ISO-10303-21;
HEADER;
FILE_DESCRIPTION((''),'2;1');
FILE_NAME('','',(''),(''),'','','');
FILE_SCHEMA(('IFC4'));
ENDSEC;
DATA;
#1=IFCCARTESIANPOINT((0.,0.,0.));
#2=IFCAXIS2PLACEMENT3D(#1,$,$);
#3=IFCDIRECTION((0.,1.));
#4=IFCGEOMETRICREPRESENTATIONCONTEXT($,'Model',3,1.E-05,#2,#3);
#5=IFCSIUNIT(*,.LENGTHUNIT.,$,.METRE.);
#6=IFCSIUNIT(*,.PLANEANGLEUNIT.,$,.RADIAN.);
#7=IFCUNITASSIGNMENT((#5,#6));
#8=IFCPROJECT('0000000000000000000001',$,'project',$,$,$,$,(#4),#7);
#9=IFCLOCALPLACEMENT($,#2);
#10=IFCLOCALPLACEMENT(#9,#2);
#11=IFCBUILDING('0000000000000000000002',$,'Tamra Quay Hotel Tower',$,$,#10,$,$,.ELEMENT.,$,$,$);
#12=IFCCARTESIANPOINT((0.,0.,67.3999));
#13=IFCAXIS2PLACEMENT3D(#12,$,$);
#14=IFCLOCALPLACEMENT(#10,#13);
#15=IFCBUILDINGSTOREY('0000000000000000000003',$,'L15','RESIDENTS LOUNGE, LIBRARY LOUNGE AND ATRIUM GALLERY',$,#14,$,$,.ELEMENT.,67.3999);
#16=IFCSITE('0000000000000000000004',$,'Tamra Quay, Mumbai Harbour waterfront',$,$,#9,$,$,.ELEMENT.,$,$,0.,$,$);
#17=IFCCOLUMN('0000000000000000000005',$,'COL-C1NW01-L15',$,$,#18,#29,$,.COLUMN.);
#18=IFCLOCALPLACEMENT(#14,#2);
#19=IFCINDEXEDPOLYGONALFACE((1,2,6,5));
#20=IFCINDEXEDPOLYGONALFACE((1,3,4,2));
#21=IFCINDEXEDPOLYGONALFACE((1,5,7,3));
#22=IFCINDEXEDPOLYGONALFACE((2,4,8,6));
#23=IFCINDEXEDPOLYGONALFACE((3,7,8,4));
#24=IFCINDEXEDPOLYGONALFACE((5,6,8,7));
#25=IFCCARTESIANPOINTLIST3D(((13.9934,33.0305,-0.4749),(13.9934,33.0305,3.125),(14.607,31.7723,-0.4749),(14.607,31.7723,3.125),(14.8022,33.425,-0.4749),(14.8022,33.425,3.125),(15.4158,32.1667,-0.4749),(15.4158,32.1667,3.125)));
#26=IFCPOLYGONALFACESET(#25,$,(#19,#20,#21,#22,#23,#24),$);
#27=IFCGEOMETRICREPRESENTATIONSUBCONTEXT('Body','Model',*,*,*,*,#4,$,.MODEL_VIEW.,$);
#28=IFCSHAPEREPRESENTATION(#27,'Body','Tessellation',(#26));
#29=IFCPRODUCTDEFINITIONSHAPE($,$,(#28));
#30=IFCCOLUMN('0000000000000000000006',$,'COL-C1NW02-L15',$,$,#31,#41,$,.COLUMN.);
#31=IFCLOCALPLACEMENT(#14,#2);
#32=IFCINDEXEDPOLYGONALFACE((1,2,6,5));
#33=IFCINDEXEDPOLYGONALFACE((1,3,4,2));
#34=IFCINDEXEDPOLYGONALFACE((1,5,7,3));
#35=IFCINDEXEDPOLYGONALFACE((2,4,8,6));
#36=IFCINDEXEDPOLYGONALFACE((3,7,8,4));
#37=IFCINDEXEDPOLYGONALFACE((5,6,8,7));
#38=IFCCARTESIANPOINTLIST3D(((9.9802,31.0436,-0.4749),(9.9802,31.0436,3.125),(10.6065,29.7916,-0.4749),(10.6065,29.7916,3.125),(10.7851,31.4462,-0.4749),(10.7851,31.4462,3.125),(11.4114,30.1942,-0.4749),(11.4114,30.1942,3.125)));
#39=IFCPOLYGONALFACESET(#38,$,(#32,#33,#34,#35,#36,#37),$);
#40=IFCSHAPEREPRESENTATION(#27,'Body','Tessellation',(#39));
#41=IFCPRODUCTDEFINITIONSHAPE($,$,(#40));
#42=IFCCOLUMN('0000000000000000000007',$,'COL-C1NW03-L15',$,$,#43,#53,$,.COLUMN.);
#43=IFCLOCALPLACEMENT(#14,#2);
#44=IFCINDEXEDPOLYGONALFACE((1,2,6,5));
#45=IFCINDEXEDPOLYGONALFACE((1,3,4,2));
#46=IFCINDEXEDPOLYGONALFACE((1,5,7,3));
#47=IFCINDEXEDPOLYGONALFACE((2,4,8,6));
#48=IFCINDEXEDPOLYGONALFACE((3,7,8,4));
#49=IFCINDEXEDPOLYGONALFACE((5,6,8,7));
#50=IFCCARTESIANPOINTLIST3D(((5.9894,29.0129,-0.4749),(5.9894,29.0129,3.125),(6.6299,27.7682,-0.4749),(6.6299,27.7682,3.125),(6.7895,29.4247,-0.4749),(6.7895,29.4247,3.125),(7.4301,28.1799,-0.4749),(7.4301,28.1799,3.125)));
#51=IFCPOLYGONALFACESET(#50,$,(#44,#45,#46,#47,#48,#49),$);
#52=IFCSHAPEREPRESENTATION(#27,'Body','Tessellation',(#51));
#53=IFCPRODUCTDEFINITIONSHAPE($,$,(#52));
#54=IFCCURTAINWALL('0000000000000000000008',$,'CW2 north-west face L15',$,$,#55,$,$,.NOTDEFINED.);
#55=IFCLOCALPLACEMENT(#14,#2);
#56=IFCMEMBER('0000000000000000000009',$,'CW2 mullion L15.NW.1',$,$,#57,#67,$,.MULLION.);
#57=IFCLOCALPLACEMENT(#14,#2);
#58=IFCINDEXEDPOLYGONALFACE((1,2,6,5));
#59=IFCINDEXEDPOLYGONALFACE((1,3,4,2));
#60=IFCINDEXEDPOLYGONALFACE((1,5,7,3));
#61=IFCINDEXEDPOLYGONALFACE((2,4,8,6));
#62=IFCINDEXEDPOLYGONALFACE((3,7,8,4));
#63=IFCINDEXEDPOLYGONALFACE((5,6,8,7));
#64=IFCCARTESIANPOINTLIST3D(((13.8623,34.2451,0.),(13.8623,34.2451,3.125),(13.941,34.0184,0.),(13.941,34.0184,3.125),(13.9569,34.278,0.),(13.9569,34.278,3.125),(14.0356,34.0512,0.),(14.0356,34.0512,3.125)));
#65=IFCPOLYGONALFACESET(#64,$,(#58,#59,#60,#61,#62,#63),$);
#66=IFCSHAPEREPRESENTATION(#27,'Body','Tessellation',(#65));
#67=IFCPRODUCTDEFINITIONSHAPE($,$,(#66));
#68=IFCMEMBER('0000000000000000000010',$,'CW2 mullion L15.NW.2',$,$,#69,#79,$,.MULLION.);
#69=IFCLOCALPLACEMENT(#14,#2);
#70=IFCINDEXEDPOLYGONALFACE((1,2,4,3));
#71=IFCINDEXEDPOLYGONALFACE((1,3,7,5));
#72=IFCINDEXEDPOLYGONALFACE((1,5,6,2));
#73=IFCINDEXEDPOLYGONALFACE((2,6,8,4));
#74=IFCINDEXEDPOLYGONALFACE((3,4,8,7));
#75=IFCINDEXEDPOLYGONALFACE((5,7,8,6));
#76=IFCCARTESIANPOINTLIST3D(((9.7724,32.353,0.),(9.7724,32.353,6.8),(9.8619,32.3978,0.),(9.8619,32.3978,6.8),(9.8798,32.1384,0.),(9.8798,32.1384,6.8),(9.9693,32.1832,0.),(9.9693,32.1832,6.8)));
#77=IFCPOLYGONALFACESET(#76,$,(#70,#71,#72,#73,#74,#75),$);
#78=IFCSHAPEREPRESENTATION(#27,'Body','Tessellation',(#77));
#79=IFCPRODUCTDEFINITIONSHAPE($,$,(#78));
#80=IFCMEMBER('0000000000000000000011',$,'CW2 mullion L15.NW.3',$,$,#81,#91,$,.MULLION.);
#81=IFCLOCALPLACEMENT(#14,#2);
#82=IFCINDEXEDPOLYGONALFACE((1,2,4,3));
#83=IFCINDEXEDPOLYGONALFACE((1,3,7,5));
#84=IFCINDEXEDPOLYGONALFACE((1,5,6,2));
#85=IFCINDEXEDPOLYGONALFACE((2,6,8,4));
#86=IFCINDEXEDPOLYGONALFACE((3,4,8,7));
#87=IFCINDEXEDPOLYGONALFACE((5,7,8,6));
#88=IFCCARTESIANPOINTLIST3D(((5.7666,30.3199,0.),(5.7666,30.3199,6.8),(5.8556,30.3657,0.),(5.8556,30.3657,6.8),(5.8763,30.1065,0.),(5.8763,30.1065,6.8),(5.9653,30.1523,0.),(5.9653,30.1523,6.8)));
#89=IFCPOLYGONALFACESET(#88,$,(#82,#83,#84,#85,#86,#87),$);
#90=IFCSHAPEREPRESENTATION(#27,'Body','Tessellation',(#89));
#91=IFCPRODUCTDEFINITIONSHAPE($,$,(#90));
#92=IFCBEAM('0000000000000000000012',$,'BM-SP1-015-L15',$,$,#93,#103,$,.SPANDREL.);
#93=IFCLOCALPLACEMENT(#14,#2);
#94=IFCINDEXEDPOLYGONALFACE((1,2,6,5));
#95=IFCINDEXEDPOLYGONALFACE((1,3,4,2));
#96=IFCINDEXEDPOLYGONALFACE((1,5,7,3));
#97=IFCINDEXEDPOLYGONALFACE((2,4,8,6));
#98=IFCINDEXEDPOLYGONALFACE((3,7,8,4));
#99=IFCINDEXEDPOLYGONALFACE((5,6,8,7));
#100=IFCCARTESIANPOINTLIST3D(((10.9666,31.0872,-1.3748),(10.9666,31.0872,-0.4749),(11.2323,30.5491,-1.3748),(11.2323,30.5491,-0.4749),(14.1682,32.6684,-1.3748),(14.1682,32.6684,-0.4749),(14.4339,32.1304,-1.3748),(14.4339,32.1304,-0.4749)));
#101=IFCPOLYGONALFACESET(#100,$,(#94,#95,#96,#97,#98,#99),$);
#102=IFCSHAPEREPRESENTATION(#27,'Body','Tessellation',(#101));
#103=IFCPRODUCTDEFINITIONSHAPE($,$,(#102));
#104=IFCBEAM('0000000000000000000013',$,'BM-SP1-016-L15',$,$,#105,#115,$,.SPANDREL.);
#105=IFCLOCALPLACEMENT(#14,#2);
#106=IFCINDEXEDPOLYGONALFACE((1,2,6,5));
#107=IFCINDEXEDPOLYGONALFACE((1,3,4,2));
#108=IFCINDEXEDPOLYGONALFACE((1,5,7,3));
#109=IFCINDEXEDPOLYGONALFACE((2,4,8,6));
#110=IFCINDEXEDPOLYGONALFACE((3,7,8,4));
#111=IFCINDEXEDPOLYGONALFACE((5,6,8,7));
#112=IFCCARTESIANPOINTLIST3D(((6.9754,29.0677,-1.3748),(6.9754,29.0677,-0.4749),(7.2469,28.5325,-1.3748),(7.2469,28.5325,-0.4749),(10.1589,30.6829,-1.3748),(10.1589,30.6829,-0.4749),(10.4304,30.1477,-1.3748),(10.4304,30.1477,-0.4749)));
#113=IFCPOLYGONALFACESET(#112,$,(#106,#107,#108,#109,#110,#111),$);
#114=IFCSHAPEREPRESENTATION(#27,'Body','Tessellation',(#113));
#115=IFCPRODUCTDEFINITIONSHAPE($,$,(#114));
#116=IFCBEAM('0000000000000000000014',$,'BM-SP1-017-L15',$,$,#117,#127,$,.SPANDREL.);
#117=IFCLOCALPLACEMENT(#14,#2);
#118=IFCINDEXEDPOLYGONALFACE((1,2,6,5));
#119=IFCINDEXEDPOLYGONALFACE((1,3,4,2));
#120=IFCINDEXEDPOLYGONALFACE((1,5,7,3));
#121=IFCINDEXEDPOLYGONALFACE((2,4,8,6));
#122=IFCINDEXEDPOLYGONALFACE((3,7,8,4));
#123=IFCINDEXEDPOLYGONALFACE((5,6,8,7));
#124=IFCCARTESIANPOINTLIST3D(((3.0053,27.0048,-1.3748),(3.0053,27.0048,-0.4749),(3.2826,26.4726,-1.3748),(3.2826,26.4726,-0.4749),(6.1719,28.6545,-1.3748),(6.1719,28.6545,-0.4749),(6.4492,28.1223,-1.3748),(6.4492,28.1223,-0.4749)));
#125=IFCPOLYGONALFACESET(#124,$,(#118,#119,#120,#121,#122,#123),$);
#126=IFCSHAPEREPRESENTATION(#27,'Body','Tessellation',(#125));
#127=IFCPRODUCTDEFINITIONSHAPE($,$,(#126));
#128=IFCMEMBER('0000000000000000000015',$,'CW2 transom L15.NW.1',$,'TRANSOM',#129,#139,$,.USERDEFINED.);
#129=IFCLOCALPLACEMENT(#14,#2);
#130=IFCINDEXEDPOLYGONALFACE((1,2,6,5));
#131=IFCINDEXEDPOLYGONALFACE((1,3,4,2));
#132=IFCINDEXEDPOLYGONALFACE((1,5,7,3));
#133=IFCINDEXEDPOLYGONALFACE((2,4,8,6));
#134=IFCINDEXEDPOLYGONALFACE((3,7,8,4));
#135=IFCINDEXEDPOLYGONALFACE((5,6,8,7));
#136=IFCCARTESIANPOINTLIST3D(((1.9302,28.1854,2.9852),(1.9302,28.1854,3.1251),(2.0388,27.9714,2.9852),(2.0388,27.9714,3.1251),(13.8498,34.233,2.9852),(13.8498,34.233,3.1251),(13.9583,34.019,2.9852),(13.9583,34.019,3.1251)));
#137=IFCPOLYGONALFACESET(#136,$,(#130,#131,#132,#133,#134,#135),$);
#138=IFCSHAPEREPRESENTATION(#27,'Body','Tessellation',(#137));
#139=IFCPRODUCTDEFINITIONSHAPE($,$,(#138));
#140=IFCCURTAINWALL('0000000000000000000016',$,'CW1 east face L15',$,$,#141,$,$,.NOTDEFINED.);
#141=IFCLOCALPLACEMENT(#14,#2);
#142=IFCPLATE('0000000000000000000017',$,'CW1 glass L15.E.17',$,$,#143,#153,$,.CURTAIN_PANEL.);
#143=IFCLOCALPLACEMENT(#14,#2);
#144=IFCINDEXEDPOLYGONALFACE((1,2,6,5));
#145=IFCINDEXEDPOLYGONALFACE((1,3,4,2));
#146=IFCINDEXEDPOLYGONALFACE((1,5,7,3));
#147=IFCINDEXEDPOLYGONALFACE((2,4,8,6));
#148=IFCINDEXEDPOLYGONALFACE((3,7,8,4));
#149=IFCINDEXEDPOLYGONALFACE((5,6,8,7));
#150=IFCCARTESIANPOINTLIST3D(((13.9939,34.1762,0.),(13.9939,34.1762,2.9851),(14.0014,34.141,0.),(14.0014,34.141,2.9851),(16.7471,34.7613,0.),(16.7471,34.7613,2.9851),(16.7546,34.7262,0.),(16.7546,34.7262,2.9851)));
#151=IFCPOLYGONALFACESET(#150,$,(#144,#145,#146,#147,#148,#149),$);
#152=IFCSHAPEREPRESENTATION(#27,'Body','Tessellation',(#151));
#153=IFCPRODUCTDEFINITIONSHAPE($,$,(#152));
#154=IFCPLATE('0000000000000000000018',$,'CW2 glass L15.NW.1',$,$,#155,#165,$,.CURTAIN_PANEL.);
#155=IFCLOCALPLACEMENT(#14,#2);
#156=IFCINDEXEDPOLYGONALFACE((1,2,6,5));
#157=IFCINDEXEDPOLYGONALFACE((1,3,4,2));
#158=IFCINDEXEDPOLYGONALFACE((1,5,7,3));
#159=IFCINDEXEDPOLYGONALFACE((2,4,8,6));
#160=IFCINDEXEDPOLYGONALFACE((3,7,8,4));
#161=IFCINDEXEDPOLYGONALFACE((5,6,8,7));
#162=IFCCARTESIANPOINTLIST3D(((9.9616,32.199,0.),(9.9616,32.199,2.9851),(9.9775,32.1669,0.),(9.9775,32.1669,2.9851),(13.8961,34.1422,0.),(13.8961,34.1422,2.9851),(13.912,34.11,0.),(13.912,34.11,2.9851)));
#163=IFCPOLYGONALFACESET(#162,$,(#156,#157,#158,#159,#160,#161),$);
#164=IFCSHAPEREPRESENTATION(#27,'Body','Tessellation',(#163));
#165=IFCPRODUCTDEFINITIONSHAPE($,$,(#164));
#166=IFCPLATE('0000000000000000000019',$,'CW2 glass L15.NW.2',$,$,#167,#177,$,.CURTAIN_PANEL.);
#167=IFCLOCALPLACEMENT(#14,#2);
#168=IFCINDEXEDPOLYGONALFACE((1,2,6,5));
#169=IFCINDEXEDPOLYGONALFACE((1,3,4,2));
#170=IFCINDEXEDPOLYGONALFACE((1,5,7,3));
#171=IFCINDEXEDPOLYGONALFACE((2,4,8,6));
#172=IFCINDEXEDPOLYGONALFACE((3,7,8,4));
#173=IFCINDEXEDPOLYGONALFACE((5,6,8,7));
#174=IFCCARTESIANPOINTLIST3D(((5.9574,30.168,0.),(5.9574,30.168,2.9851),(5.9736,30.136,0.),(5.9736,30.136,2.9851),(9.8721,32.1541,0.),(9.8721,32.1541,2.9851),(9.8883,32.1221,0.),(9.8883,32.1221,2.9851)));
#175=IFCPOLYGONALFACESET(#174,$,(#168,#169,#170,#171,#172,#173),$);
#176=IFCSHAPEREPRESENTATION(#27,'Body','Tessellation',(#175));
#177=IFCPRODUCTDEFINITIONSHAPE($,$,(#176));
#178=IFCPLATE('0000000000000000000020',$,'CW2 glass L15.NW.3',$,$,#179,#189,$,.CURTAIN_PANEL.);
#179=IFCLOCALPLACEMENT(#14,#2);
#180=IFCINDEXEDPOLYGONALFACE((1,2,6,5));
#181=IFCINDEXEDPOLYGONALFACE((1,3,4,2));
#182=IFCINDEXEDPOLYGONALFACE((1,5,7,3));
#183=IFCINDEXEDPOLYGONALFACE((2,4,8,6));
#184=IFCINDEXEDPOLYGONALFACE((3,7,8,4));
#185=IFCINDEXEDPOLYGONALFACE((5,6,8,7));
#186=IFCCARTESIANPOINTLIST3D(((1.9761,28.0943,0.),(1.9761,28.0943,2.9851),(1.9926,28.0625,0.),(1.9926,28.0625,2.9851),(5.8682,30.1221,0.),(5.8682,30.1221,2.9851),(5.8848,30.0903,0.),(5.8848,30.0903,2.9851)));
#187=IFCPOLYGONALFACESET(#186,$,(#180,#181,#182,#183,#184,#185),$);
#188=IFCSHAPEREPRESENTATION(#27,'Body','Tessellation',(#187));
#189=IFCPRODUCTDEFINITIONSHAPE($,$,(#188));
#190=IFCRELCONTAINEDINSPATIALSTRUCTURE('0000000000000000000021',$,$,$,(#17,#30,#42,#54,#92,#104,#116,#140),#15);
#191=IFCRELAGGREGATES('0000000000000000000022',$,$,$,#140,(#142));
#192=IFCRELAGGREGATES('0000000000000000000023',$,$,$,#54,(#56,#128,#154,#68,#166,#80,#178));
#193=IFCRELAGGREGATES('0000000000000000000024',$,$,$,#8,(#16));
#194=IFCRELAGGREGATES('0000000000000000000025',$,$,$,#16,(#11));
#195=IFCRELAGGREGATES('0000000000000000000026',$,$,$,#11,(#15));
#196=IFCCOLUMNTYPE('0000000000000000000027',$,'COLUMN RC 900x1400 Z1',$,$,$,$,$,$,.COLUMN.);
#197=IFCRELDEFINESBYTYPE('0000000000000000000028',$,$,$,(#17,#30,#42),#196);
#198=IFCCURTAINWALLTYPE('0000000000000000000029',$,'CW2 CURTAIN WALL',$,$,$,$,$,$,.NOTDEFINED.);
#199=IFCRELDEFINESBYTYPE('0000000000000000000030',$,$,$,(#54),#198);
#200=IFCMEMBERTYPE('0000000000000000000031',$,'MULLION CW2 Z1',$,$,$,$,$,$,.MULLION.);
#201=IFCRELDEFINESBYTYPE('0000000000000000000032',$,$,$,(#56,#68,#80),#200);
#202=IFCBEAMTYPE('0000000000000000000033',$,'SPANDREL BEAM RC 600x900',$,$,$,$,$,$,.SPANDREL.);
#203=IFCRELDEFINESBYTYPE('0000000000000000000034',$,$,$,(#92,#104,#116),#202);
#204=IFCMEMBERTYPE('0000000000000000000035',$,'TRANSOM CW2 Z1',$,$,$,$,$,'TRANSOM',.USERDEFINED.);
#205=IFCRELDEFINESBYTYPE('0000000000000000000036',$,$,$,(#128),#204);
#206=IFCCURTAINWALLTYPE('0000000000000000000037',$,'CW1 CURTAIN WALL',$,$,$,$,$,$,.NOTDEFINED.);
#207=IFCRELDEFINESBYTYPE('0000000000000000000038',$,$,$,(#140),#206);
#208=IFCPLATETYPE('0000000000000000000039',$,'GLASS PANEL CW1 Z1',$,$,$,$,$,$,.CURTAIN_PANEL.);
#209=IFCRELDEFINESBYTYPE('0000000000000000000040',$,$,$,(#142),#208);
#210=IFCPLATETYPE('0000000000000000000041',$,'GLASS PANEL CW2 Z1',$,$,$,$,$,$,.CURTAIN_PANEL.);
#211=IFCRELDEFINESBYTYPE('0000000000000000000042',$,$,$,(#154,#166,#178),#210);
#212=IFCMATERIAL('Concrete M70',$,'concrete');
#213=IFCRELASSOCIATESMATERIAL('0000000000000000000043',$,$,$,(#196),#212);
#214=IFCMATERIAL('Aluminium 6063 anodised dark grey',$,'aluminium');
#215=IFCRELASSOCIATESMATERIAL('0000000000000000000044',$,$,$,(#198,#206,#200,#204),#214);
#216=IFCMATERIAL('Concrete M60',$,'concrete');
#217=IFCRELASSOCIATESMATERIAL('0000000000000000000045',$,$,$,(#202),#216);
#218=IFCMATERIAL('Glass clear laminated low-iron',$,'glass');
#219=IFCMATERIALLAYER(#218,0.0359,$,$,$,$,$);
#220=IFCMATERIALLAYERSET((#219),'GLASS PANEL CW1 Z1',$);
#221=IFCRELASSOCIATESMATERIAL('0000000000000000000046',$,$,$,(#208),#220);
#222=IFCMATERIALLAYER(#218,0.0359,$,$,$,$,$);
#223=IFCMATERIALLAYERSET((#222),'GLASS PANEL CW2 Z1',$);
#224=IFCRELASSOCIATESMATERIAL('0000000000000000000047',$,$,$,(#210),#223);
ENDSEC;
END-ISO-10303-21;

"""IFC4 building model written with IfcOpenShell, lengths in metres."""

from ifc_helpers import new_model, si_unit, direction, frame, origin, origin_2d, place, context, subcontext, project, spatial, rectangle, extrude, material, layer, layer_set, material_profile, profile_set, type_object, element, aggregate, save


model = new_model("IFC4")

# Units and contexts
model_context = context("Model", 3, precision=1e-05, world=origin(), true_north=direction((0.0, 1.0)))
body_context = subcontext(model_context, "Body", "Model", "MODEL_VIEW")
ifc_project = project(units=[si_unit("LENGTHUNIT", "METRE"), si_unit("PLANEANGLEUNIT", "RADIAN")], contexts=[model_context])

# Site, building, storey
site_placement = place(None, origin())
site = spatial("IfcSite", under=ifc_project, at=site_placement, Name="Tamra Quay, Mumbai Harbour waterfront", CompositionType="ELEMENT", RefElevation=0.0)
building_placement = place(site_placement, origin())
building = spatial("IfcBuilding", under=site, at=building_placement, Name="Tamra Quay Hotel Tower", CompositionType="ELEMENT")
storey_placement = place(building_placement, frame((0.0, 0.0, 67.3999)))
storey = spatial("IfcBuildingStorey", under=building, at=storey_placement, Name="L15", Description="RESIDENTS LOUNGE, LIBRARY LOUNGE AND ATRIUM GALLERY", CompositionType="ELEMENT", Elevation=67.3999)

# Columns
ifc_material_1 = material(Name="Concrete M70", Category="concrete")
ifc_material_profile_1 = material_profile(ifc_material_1, rectangle(XDim=1.3999, YDim=0.8999, at=origin_2d()), Name="COLUMN RC 900x1400 Z1")
ifc_profile_set_1 = profile_set([ifc_material_profile_1], Name="Concrete M70")
column_type = type_object("IfcColumnType", Name="COLUMN RC 900x1400 Z1", PredefinedType="COLUMN", material=ifc_profile_set_1)
for number, where, z_axis, x_axis, name in (
    (1, (14.7046, 32.5986, -0.4749), (0.0, 0.0, 1.0), (-0.438341, 0.898809, 0.0), "COL-C1NW01-L15"),
    (2, (10.6958, 30.6189, -0.4749), (0.0, 0.0, 1.0), (-0.447377, 0.894346, 0.0), "COL-C1NW02-L15"),
    (3, (6.7097, 28.5964, -0.4749), (0.0, 0.0, 1.0), (-0.457548, 0.889185, 0.0), "COL-C1NW03-L15"),
):
    element("IfcColumn", number, at=place(storey_placement, frame(where, z_axis=z_axis, x_axis=x_axis)), inside=storey, type_object=column_type, Name=name, PredefinedType="COLUMN", context=body_context, shape_type="SweptSolid", body=[
        extrude(rectangle(XDim=1.3999, YDim=0.8999, at=origin_2d()), origin(), (0.0, 0.0, 1.0), 3.5999),
    ])

# Curtain wall, members
ifc_material_2 = material(Name="Aluminium 6063 anodised dark grey", Category="aluminium")
curtain_wall_type_1 = type_object("IfcCurtainWallType", Name="CW2 CURTAIN WALL", PredefinedType="NOTDEFINED", material=ifc_material_2)
curtain_wall_1_placement = place(storey_placement, origin())
curtain_wall_1 = element("IfcCurtainWall", 4, at=curtain_wall_1_placement, inside=storey, type_object=curtain_wall_type_1, Name="CW2 north-west face L15", PredefinedType="NOTDEFINED")
ifc_material_profile_2 = material_profile(ifc_material_2, rectangle(XDim=0.24, YDim=0.1001, at=origin_2d()), Name="MULLION 100X240")
ifc_profile_set_2 = profile_set([ifc_material_profile_2], Name="Aluminium 6063 anodised dark grey")
member_type_1 = type_object("IfcMemberType", Name="MULLION CW2 Z1", PredefinedType="MULLION", material=ifc_profile_set_2)
member_1_placement = place(storey_placement, frame((13.949, 34.1482, 0.0), z_axis=(0.0, 0.0, 1.0), x_axis=(-0.327898, 0.944713, 0.0)))
member_1 = element("IfcMember", 5, at=member_1_placement, type_object=member_type_1, Name="CW2 mullion L15.NW.1", PredefinedType="MULLION", context=body_context, shape_type="SweptSolid", body=[
    extrude(rectangle(XDim=0.24, YDim=0.1001, at=origin_2d()), origin(), (0.0, 0.0, 1.0), 3.125),
])
member_2_placement = place(storey_placement, frame((9.8708, 32.2681, 0.0), z_axis=(0.0, 0.0, 1.0), x_axis=(-0.447641, 0.894214, 0.0)))
member_2 = element("IfcMember", 6, at=member_2_placement, type_object=member_type_1, Name="CW2 mullion L15.NW.2", PredefinedType="MULLION", context=body_context, shape_type="SweptSolid", body=[
    extrude(rectangle(XDim=0.24, YDim=0.1001, at=origin_2d()), origin(), (0.0, 0.0, 1.0), 6.8),
])
member_3_placement = place(storey_placement, frame((5.866, 30.2361, 0.0), z_axis=(0.0, 0.0, 1.0), x_axis=(-0.457254, 0.889336, 0.0)))
member_3 = element("IfcMember", 7, at=member_3_placement, type_object=member_type_1, Name="CW2 mullion L15.NW.3", PredefinedType="MULLION", context=body_context, shape_type="SweptSolid", body=[
    extrude(rectangle(XDim=0.24, YDim=0.1001, at=origin_2d()), origin(), (0.0, 0.0, 1.0), 6.8),
])

# Beams
ifc_material_3 = material(Name="Concrete M60", Category="concrete")
ifc_material_profile_3 = material_profile(ifc_material_3, rectangle(XDim=0.6001, YDim=0.8999, at=origin_2d()), Name="SPANDREL BEAM RC 600x900")
ifc_profile_set_3 = profile_set([ifc_material_profile_3], Name="Concrete M60")
beam_type = type_object("IfcBeamType", Name="SPANDREL BEAM RC 600x900", PredefinedType="SPANDREL", material=ifc_profile_set_3)
beam_1_placement = place(storey_placement, frame((14.301, 32.3994, -0.9248), z_axis=(-0.896604, -0.442833, 0.0), x_axis=(0.442833, -0.896604, 0.0)))
element("IfcBeam", 8, at=beam_1_placement, inside=storey, type_object=beam_type, Name="BM-SP1-015-L15", PredefinedType="SPANDREL", context=body_context, shape_type="SweptSolid", body=[
    extrude(rectangle(XDim=0.6001, YDim=0.8999, at=origin_2d()), origin(), (0.0, 0.0, 1.0), 3.5708),
])
beam_2_placement = place(storey_placement, frame((10.2947, 30.4153, -0.9248), z_axis=(-0.891786, -0.452458, 0.0), x_axis=(0.452458, -0.891786, 0.0)))
element("IfcBeam", 9, at=beam_2_placement, inside=storey, type_object=beam_type, Name="BM-SP1-016-L15", PredefinedType="SPANDREL", context=body_context, shape_type="SweptSolid", body=[
    extrude(rectangle(XDim=0.6001, YDim=0.8999, at=origin_2d()), origin(), (0.0, 0.0, 1.0), 3.5698),
])
beam_3_placement = place(storey_placement, frame((6.3105, 28.3884, -0.9248), z_axis=(-0.886864, -0.462031, 0.0), x_axis=(0.462031, -0.886864, 0.0)))
element("IfcBeam", 10, at=beam_3_placement, inside=storey, type_object=beam_type, Name="BM-SP1-017-L15", PredefinedType="SPANDREL", context=body_context, shape_type="SweptSolid", body=[
    extrude(rectangle(XDim=0.6001, YDim=0.8999, at=origin_2d()), origin(), (0.0, 0.0, 1.0), 3.5706),
])

# Member
ifc_material_profile_4 = material_profile(ifc_material_2, rectangle(XDim=0.24, YDim=0.1399, at=origin_2d()), Name="TRANSOM 240X140")
ifc_profile_set_4 = profile_set([ifc_material_profile_4], Name="Aluminium 6063 anodised dark grey")
member_type_2 = type_object("IfcMemberType", Name="TRANSOM CW2 Z1", ElementType="TRANSOM", PredefinedType="USERDEFINED", material=ifc_profile_set_4)
member_4_placement = place(storey_placement, frame((13.9041, 34.126, 3.0552), z_axis=(-0.891785, -0.452459, 0.0), x_axis=(0.452459, -0.891785, 0.0)))
member_4 = element("IfcMember", 11, at=member_4_placement, type_object=member_type_2, Name="CW2 transom L15.NW.1", ObjectType="TRANSOM", PredefinedType="USERDEFINED", context=body_context, shape_type="SweptSolid", body=[
    extrude(rectangle(XDim=0.24, YDim=0.1399, at=origin_2d()), origin(), (0.0, 0.0, 1.0), 13.366),
])

# Curtain wall, plate
curtain_wall_type_2 = type_object("IfcCurtainWallType", Name="CW1 CURTAIN WALL", PredefinedType="NOTDEFINED", material=ifc_material_2)
curtain_wall_2_placement = place(storey_placement, origin())
curtain_wall_2 = element("IfcCurtainWall", 12, at=curtain_wall_2_placement, inside=storey, type_object=curtain_wall_type_2, Name="CW1 east face L15", PredefinedType="NOTDEFINED")
ifc_material_4 = material(Name="Glass clear laminated low-iron", Category="glass")
ifc_layer_1 = layer(ifc_material_4, 0.0359)
ifc_layer_set_1 = layer_set([ifc_layer_1], Name="GLASS PANEL CW1 Z1")
plate_type_1 = type_object("IfcPlateType", Name="GLASS PANEL CW1 Z1", PredefinedType="CURTAIN_PANEL", material=ifc_layer_set_1)
plate_1_placement = place(storey_placement, frame((15.3743, 34.4512, 0.0), z_axis=(0.0, 0.0, 1.0), x_axis=(-0.978153, -0.207887, 0.0)))
plate_1 = element("IfcPlate", 13, at=plate_1_placement, type_object=plate_type_1, Name="CW1 glass L15.E.17", PredefinedType="CURTAIN_PANEL", context=body_context, shape_type="SweptSolid", body=[
    extrude(rectangle(XDim=2.8147, YDim=0.0359, at=origin_2d()), origin(), (0.0, 0.0, 1.0), 2.9851),
])
aggregate(curtain_wall_2, [plate_1])

# Plates
ifc_layer_2 = layer(ifc_material_4, 0.0359)
ifc_layer_set_2 = layer_set([ifc_layer_2], Name="GLASS PANEL CW2 Z1")
plate_type_2 = type_object("IfcPlateType", Name="GLASS PANEL CW2 Z1", PredefinedType="CURTAIN_PANEL", material=ifc_layer_set_2)
plate_2_placement = place(storey_placement, frame((11.9368, 33.1545, 0.0), z_axis=(0.0, 0.0, 1.0), x_axis=(-0.896611, -0.442819, 0.0)))
plate_2 = element("IfcPlate", 14, at=plate_2_placement, type_object=plate_type_2, Name="CW2 glass L15.NW.1", PredefinedType="CURTAIN_PANEL", context=body_context, shape_type="SweptSolid", body=[
    extrude(rectangle(XDim=4.3882, YDim=0.0359, at=origin_2d()), origin(), (0.0, 0.0, 1.0), 2.9851),
])
plate_3_placement = place(storey_placement, frame((7.9229, 31.145, 0.0), z_axis=(0.0, 0.0, 1.0), x_axis=(-0.89179, -0.45245, 0.0)))
plate_3 = element("IfcPlate", 15, at=plate_3_placement, type_object=plate_type_2, Name="CW2 glass L15.NW.2", PredefinedType="CURTAIN_PANEL", context=body_context, shape_type="SweptSolid", body=[
    extrude(rectangle(XDim=4.3896, YDim=0.0359, at=origin_2d()), origin(), (0.0, 0.0, 1.0), 2.9851),
])
plate_4_placement = place(storey_placement, frame((3.9304, 29.0923, 0.0), z_axis=(0.0, 0.0, 1.0), x_axis=(-0.886857, -0.462045, 0.0)))
plate_4 = element("IfcPlate", 16, at=plate_4_placement, type_object=plate_type_2, Name="CW2 glass L15.NW.3", PredefinedType="CURTAIN_PANEL", context=body_context, shape_type="SweptSolid", body=[
    extrude(rectangle(XDim=4.3887, YDim=0.0359, at=origin_2d()), origin(), (0.0, 0.0, 1.0), 2.9851),
])
aggregate(curtain_wall_1, [member_1, member_4, plate_2, member_2, plate_3, member_3, plate_4])

save(model, "model.ifc")
